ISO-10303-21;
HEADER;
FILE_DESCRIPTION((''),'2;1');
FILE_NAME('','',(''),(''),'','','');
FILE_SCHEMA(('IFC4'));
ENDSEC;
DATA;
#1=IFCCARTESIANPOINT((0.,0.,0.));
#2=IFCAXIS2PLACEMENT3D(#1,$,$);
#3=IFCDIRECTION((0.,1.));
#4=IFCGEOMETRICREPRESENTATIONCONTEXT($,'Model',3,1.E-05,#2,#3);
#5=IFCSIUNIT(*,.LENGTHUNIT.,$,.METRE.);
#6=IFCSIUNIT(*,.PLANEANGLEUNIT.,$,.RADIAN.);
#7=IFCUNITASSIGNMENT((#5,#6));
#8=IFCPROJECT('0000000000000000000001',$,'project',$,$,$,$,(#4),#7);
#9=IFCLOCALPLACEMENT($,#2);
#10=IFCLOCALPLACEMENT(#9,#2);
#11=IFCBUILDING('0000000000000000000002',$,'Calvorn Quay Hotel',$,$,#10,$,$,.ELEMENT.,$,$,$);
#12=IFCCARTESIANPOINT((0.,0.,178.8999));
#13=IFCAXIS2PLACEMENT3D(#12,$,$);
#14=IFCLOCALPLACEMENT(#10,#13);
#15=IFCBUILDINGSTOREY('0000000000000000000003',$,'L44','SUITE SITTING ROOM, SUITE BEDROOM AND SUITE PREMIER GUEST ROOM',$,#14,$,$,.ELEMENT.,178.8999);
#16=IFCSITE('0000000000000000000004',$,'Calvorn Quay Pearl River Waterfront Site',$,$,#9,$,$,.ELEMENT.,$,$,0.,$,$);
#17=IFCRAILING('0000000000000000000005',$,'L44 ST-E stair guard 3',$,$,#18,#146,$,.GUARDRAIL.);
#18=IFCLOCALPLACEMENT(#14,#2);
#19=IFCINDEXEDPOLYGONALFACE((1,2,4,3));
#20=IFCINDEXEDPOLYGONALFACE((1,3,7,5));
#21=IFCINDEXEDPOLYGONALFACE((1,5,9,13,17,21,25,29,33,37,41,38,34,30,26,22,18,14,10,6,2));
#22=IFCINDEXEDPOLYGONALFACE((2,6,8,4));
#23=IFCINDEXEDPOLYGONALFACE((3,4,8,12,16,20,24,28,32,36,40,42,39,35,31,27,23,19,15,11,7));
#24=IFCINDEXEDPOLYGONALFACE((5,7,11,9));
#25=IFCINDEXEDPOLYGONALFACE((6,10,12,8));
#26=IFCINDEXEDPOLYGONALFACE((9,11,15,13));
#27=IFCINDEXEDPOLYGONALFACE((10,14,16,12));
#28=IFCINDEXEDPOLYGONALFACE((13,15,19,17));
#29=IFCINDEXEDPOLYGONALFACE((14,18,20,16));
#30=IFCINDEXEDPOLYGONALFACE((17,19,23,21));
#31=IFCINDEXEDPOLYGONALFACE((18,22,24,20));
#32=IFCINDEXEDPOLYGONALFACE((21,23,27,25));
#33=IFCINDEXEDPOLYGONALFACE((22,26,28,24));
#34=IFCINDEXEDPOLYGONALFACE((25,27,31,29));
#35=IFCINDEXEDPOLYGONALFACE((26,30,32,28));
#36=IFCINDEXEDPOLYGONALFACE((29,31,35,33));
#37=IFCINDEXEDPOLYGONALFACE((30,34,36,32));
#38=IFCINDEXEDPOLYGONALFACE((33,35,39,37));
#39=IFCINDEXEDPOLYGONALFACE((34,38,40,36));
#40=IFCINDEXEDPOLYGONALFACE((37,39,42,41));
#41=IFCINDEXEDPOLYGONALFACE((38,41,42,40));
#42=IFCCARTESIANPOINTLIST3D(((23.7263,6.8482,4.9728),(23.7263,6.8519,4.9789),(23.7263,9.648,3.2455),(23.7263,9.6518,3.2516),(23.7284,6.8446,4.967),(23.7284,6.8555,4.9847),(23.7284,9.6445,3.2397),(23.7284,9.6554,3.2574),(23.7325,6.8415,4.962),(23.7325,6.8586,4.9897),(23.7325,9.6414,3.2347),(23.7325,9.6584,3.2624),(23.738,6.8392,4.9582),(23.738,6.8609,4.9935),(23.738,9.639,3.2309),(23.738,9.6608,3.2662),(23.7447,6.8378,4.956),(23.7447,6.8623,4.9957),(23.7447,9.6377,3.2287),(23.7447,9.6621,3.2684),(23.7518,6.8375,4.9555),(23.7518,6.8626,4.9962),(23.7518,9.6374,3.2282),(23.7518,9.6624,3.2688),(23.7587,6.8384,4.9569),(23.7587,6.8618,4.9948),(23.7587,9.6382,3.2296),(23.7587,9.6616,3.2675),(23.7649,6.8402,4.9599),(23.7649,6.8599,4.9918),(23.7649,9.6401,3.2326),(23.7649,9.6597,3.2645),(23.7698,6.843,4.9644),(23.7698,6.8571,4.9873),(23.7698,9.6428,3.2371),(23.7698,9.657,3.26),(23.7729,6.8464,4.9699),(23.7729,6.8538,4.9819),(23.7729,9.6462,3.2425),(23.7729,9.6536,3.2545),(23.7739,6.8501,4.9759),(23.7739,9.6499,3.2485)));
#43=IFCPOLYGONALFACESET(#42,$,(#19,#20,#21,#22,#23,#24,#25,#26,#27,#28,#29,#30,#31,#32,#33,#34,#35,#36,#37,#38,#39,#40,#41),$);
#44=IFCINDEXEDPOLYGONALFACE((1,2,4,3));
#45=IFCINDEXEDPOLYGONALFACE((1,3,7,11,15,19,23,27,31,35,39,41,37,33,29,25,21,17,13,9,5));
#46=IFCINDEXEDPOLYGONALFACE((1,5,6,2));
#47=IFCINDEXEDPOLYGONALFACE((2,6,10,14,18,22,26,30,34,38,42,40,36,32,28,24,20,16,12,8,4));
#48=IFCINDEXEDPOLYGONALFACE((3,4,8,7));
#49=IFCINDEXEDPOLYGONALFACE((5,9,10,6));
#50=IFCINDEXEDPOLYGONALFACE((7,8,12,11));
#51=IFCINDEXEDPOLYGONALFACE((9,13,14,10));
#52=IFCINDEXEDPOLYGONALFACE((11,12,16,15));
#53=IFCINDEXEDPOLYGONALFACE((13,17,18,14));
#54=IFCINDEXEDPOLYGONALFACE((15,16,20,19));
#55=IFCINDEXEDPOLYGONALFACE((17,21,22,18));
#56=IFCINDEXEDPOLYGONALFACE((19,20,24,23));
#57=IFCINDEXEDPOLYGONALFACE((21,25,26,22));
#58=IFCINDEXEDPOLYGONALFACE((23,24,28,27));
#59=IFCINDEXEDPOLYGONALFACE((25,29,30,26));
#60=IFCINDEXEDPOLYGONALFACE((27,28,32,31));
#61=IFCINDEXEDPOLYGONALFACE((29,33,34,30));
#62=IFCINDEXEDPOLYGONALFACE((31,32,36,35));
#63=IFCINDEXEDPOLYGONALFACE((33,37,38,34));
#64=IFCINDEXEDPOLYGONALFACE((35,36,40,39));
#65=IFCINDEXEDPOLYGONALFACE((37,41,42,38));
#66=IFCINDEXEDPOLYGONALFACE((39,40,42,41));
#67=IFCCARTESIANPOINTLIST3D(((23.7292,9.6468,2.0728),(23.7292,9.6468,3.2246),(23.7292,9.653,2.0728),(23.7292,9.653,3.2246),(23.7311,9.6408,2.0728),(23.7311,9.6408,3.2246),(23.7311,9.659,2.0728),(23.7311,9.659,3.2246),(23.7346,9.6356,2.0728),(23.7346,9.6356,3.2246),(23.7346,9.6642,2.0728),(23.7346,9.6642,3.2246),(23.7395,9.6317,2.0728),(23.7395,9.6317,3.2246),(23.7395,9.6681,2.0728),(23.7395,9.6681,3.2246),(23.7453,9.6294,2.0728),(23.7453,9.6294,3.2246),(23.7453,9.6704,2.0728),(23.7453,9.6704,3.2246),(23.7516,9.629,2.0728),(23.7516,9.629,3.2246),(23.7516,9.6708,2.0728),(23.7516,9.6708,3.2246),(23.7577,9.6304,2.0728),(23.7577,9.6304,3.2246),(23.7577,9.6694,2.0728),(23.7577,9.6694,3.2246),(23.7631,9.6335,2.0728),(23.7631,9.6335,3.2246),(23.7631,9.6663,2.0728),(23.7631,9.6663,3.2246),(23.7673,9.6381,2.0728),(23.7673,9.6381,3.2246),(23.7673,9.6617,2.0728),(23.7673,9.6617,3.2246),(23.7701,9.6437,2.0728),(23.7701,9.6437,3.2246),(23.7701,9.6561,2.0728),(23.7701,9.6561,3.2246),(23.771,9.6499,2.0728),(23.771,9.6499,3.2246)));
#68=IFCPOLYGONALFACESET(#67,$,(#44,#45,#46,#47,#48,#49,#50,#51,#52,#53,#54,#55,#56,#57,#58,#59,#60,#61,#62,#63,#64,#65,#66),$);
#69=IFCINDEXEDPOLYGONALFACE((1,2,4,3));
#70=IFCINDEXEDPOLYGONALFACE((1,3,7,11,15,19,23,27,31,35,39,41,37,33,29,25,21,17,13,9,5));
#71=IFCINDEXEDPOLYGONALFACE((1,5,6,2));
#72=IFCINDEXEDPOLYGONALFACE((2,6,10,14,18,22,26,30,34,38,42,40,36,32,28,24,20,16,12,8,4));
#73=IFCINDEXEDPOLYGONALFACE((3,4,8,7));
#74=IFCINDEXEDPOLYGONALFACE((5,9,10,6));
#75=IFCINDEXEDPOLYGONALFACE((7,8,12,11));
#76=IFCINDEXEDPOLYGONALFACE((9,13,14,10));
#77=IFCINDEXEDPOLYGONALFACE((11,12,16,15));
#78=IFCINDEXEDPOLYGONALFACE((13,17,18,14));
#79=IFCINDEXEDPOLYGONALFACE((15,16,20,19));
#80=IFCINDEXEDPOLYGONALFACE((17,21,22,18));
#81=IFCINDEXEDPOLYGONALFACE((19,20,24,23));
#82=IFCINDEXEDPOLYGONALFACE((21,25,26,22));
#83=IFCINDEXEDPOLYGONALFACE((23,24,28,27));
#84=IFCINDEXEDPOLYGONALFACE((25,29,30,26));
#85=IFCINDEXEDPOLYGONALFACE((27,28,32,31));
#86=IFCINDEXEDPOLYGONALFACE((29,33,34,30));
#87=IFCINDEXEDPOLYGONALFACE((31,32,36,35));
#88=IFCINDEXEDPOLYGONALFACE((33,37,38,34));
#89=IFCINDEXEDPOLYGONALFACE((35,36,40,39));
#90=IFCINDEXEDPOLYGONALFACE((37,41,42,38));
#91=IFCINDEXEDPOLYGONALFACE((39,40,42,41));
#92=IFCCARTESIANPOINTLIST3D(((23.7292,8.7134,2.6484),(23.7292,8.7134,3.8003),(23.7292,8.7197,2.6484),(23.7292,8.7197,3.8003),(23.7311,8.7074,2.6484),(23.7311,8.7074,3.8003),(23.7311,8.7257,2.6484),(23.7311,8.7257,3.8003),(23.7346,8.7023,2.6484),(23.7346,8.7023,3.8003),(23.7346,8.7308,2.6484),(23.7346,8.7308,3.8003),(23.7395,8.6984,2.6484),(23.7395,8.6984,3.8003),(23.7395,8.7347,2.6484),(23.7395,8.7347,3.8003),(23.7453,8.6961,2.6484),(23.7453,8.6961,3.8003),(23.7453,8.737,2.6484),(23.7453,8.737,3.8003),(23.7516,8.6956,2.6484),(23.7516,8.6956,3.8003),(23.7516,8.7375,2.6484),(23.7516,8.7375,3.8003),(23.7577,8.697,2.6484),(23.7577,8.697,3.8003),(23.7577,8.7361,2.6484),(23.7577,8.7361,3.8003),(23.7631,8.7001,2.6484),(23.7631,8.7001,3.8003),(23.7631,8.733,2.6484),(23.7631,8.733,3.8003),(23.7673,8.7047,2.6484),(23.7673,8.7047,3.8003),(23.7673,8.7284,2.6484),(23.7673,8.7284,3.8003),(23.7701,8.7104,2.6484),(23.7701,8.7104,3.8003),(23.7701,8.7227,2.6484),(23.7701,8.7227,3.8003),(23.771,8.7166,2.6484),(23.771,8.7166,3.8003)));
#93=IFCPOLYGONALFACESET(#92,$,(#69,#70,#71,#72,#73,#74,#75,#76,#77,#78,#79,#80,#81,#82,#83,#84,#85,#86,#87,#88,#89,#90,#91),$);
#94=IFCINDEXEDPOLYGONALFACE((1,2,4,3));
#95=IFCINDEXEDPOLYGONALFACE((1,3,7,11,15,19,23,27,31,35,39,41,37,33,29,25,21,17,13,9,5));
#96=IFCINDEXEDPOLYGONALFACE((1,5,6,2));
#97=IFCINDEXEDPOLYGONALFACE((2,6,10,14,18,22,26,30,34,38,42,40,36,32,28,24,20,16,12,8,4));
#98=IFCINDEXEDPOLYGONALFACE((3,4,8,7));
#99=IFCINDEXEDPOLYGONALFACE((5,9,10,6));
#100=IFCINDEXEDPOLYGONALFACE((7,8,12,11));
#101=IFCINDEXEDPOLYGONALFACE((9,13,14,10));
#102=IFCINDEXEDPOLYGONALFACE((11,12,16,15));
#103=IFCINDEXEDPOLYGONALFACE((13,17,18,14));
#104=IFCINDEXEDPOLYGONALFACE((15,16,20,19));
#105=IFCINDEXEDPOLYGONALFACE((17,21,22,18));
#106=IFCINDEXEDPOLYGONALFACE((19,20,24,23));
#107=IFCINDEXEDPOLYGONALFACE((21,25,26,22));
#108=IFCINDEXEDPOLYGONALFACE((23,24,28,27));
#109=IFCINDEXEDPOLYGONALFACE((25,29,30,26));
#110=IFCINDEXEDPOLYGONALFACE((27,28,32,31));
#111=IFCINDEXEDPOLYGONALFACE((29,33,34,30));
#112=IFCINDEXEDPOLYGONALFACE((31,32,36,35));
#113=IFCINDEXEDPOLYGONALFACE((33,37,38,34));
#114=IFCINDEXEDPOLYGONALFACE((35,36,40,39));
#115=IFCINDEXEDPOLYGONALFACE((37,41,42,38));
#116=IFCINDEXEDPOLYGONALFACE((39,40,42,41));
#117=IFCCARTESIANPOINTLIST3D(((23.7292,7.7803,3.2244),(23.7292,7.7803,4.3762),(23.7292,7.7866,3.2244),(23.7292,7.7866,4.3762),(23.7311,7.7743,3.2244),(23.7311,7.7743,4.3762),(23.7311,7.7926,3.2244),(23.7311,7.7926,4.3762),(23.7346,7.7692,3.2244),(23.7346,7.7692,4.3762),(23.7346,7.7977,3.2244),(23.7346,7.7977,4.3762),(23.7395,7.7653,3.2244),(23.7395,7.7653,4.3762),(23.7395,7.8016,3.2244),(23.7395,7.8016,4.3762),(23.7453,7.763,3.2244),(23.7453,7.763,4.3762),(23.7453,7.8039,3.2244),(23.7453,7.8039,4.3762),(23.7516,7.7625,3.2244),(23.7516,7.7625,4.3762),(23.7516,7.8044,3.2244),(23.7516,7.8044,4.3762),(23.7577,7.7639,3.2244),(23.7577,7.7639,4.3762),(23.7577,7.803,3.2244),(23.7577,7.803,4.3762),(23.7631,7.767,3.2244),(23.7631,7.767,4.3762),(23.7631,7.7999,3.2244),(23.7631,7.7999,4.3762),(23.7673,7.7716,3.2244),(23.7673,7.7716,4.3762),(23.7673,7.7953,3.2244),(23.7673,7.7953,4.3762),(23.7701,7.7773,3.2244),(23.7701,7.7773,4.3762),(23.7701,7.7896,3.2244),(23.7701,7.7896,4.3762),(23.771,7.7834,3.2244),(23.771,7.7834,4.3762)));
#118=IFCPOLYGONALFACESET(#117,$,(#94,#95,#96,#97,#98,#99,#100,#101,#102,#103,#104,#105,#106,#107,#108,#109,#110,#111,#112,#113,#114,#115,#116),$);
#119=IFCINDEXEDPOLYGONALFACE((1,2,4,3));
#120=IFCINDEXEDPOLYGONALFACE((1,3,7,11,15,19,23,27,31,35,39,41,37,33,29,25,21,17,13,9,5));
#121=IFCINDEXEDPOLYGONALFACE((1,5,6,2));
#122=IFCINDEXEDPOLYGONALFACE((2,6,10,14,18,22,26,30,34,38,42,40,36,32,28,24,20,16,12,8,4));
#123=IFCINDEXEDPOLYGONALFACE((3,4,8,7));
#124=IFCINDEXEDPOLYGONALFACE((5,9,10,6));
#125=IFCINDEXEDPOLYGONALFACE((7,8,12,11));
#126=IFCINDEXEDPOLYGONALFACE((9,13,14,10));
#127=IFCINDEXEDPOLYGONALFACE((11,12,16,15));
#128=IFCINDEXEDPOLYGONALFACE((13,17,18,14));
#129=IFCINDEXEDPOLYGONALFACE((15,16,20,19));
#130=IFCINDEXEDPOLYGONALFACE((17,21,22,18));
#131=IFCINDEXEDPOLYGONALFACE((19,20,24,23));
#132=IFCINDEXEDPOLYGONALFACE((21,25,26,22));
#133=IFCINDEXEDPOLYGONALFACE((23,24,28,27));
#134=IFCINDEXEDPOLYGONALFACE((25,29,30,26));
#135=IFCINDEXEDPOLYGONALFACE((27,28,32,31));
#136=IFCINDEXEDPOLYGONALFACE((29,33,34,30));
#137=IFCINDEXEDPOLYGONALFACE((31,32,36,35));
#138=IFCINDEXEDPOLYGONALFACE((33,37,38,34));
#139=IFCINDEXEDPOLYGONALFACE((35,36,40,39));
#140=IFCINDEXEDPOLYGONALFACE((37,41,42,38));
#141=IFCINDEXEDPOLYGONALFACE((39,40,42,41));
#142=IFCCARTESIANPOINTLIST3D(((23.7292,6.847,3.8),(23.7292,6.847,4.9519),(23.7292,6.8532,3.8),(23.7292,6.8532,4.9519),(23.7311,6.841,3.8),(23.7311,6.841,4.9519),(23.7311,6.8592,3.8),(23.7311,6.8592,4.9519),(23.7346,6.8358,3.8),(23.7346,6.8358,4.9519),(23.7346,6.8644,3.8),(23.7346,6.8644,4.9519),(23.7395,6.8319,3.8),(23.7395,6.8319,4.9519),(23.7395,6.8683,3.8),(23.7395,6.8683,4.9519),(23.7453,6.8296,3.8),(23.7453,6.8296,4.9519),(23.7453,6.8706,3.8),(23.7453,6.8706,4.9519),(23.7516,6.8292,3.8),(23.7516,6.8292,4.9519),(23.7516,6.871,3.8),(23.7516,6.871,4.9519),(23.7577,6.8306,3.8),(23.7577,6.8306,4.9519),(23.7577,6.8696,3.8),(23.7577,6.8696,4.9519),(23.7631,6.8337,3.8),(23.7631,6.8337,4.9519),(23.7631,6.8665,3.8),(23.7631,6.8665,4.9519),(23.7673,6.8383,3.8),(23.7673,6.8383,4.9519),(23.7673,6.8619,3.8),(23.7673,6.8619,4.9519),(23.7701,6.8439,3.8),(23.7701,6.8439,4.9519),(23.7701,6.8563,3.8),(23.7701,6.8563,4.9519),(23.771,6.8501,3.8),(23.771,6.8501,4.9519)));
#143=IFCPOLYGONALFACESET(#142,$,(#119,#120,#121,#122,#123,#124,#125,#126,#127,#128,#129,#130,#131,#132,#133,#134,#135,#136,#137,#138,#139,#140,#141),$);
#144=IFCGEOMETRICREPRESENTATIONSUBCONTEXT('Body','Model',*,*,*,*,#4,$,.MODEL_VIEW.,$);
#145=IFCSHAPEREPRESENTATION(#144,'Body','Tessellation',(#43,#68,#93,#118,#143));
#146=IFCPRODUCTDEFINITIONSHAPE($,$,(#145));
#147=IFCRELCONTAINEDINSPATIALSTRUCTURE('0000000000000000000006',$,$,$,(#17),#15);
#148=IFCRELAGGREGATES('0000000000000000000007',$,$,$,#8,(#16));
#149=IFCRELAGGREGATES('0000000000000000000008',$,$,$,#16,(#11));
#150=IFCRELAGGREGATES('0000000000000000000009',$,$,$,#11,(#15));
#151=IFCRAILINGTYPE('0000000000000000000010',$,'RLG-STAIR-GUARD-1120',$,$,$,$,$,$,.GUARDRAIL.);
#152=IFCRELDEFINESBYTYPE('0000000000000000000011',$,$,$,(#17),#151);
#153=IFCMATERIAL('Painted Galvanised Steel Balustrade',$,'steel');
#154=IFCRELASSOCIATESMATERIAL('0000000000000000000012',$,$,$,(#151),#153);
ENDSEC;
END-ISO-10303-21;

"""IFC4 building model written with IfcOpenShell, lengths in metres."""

from ifc_helpers import new_model, si_unit, direction, frame, origin, origin_2d, place, context, subcontext, project, spatial, circle, extrude, material, type_object, element, save


model = new_model("IFC4")

# Units and contexts
model_context = context("Model", 3, precision=1e-05, world=origin(), true_north=direction((0.0, 1.0)))
body_context = subcontext(model_context, "Body", "Model", "MODEL_VIEW")
ifc_project = project(units=[si_unit("LENGTHUNIT", "METRE"), si_unit("PLANEANGLEUNIT", "RADIAN")], contexts=[model_context])

# Site, building, storey
site_placement = place(None, origin())
site = spatial("IfcSite", under=ifc_project, at=site_placement, Name="Calvorn Quay Pearl River Waterfront Site", CompositionType="ELEMENT", RefElevation=0.0)
building_placement = place(site_placement, origin())
building = spatial("IfcBuilding", under=site, at=building_placement, Name="Calvorn Quay Hotel", CompositionType="ELEMENT")
storey_placement = place(building_placement, frame((0.0, 0.0, 178.8999)))
storey = spatial("IfcBuildingStorey", under=building, at=storey_placement, Name="L44", Description="SUITE SITTING ROOM, SUITE BEDROOM AND SUITE PREMIER GUEST ROOM", CompositionType="ELEMENT", Elevation=178.8999)

# Railing
ifc_material_1 = material(Name="Painted Galvanised Steel Balustrade", Category="steel")
railing_type_1 = type_object("IfcRailingType", Name="RLG-STAIR-GUARD-1120", PredefinedType="GUARDRAIL", material=ifc_material_1)
railing_1_placement = place(storey_placement, frame((23.75, 9.6499, 2.0728)))
element("IfcRailing", 1, at=railing_1_placement, inside=storey, type_object=railing_type_1, Name="L44 ST-E stair guard 3", PredefinedType="GUARDRAIL", context=body_context, shape_type="SweptSolid", body=[
    extrude(circle(Radius=0.0239, at=origin_2d()), frame((0.0, 0.0, 1.1758), z_axis=(0.0, -0.851069, 0.525054), x_axis=(1.0, 0.0, 0.0)), (0.0, 0.0, 1.0), 3.2898),
    extrude(circle(Radius=0.021, at=origin_2d()), origin(), (0.0, 0.0, 1.0), 1.1519),
    extrude(circle(Radius=0.021, at=origin_2d()), frame((0.0, -0.9333, 0.5757)), (0.0, 0.0, 1.0), 1.1519),
    extrude(circle(Radius=0.021, at=origin_2d()), frame((0.0, -1.8665, 1.1516)), (0.0, 0.0, 1.0), 1.1519),
    extrude(circle(Radius=0.021, at=origin_2d()), frame((0.0, -2.7998, 1.7273)), (0.0, 0.0, 1.0), 1.1519),
])

save(model, "model.ifc")
